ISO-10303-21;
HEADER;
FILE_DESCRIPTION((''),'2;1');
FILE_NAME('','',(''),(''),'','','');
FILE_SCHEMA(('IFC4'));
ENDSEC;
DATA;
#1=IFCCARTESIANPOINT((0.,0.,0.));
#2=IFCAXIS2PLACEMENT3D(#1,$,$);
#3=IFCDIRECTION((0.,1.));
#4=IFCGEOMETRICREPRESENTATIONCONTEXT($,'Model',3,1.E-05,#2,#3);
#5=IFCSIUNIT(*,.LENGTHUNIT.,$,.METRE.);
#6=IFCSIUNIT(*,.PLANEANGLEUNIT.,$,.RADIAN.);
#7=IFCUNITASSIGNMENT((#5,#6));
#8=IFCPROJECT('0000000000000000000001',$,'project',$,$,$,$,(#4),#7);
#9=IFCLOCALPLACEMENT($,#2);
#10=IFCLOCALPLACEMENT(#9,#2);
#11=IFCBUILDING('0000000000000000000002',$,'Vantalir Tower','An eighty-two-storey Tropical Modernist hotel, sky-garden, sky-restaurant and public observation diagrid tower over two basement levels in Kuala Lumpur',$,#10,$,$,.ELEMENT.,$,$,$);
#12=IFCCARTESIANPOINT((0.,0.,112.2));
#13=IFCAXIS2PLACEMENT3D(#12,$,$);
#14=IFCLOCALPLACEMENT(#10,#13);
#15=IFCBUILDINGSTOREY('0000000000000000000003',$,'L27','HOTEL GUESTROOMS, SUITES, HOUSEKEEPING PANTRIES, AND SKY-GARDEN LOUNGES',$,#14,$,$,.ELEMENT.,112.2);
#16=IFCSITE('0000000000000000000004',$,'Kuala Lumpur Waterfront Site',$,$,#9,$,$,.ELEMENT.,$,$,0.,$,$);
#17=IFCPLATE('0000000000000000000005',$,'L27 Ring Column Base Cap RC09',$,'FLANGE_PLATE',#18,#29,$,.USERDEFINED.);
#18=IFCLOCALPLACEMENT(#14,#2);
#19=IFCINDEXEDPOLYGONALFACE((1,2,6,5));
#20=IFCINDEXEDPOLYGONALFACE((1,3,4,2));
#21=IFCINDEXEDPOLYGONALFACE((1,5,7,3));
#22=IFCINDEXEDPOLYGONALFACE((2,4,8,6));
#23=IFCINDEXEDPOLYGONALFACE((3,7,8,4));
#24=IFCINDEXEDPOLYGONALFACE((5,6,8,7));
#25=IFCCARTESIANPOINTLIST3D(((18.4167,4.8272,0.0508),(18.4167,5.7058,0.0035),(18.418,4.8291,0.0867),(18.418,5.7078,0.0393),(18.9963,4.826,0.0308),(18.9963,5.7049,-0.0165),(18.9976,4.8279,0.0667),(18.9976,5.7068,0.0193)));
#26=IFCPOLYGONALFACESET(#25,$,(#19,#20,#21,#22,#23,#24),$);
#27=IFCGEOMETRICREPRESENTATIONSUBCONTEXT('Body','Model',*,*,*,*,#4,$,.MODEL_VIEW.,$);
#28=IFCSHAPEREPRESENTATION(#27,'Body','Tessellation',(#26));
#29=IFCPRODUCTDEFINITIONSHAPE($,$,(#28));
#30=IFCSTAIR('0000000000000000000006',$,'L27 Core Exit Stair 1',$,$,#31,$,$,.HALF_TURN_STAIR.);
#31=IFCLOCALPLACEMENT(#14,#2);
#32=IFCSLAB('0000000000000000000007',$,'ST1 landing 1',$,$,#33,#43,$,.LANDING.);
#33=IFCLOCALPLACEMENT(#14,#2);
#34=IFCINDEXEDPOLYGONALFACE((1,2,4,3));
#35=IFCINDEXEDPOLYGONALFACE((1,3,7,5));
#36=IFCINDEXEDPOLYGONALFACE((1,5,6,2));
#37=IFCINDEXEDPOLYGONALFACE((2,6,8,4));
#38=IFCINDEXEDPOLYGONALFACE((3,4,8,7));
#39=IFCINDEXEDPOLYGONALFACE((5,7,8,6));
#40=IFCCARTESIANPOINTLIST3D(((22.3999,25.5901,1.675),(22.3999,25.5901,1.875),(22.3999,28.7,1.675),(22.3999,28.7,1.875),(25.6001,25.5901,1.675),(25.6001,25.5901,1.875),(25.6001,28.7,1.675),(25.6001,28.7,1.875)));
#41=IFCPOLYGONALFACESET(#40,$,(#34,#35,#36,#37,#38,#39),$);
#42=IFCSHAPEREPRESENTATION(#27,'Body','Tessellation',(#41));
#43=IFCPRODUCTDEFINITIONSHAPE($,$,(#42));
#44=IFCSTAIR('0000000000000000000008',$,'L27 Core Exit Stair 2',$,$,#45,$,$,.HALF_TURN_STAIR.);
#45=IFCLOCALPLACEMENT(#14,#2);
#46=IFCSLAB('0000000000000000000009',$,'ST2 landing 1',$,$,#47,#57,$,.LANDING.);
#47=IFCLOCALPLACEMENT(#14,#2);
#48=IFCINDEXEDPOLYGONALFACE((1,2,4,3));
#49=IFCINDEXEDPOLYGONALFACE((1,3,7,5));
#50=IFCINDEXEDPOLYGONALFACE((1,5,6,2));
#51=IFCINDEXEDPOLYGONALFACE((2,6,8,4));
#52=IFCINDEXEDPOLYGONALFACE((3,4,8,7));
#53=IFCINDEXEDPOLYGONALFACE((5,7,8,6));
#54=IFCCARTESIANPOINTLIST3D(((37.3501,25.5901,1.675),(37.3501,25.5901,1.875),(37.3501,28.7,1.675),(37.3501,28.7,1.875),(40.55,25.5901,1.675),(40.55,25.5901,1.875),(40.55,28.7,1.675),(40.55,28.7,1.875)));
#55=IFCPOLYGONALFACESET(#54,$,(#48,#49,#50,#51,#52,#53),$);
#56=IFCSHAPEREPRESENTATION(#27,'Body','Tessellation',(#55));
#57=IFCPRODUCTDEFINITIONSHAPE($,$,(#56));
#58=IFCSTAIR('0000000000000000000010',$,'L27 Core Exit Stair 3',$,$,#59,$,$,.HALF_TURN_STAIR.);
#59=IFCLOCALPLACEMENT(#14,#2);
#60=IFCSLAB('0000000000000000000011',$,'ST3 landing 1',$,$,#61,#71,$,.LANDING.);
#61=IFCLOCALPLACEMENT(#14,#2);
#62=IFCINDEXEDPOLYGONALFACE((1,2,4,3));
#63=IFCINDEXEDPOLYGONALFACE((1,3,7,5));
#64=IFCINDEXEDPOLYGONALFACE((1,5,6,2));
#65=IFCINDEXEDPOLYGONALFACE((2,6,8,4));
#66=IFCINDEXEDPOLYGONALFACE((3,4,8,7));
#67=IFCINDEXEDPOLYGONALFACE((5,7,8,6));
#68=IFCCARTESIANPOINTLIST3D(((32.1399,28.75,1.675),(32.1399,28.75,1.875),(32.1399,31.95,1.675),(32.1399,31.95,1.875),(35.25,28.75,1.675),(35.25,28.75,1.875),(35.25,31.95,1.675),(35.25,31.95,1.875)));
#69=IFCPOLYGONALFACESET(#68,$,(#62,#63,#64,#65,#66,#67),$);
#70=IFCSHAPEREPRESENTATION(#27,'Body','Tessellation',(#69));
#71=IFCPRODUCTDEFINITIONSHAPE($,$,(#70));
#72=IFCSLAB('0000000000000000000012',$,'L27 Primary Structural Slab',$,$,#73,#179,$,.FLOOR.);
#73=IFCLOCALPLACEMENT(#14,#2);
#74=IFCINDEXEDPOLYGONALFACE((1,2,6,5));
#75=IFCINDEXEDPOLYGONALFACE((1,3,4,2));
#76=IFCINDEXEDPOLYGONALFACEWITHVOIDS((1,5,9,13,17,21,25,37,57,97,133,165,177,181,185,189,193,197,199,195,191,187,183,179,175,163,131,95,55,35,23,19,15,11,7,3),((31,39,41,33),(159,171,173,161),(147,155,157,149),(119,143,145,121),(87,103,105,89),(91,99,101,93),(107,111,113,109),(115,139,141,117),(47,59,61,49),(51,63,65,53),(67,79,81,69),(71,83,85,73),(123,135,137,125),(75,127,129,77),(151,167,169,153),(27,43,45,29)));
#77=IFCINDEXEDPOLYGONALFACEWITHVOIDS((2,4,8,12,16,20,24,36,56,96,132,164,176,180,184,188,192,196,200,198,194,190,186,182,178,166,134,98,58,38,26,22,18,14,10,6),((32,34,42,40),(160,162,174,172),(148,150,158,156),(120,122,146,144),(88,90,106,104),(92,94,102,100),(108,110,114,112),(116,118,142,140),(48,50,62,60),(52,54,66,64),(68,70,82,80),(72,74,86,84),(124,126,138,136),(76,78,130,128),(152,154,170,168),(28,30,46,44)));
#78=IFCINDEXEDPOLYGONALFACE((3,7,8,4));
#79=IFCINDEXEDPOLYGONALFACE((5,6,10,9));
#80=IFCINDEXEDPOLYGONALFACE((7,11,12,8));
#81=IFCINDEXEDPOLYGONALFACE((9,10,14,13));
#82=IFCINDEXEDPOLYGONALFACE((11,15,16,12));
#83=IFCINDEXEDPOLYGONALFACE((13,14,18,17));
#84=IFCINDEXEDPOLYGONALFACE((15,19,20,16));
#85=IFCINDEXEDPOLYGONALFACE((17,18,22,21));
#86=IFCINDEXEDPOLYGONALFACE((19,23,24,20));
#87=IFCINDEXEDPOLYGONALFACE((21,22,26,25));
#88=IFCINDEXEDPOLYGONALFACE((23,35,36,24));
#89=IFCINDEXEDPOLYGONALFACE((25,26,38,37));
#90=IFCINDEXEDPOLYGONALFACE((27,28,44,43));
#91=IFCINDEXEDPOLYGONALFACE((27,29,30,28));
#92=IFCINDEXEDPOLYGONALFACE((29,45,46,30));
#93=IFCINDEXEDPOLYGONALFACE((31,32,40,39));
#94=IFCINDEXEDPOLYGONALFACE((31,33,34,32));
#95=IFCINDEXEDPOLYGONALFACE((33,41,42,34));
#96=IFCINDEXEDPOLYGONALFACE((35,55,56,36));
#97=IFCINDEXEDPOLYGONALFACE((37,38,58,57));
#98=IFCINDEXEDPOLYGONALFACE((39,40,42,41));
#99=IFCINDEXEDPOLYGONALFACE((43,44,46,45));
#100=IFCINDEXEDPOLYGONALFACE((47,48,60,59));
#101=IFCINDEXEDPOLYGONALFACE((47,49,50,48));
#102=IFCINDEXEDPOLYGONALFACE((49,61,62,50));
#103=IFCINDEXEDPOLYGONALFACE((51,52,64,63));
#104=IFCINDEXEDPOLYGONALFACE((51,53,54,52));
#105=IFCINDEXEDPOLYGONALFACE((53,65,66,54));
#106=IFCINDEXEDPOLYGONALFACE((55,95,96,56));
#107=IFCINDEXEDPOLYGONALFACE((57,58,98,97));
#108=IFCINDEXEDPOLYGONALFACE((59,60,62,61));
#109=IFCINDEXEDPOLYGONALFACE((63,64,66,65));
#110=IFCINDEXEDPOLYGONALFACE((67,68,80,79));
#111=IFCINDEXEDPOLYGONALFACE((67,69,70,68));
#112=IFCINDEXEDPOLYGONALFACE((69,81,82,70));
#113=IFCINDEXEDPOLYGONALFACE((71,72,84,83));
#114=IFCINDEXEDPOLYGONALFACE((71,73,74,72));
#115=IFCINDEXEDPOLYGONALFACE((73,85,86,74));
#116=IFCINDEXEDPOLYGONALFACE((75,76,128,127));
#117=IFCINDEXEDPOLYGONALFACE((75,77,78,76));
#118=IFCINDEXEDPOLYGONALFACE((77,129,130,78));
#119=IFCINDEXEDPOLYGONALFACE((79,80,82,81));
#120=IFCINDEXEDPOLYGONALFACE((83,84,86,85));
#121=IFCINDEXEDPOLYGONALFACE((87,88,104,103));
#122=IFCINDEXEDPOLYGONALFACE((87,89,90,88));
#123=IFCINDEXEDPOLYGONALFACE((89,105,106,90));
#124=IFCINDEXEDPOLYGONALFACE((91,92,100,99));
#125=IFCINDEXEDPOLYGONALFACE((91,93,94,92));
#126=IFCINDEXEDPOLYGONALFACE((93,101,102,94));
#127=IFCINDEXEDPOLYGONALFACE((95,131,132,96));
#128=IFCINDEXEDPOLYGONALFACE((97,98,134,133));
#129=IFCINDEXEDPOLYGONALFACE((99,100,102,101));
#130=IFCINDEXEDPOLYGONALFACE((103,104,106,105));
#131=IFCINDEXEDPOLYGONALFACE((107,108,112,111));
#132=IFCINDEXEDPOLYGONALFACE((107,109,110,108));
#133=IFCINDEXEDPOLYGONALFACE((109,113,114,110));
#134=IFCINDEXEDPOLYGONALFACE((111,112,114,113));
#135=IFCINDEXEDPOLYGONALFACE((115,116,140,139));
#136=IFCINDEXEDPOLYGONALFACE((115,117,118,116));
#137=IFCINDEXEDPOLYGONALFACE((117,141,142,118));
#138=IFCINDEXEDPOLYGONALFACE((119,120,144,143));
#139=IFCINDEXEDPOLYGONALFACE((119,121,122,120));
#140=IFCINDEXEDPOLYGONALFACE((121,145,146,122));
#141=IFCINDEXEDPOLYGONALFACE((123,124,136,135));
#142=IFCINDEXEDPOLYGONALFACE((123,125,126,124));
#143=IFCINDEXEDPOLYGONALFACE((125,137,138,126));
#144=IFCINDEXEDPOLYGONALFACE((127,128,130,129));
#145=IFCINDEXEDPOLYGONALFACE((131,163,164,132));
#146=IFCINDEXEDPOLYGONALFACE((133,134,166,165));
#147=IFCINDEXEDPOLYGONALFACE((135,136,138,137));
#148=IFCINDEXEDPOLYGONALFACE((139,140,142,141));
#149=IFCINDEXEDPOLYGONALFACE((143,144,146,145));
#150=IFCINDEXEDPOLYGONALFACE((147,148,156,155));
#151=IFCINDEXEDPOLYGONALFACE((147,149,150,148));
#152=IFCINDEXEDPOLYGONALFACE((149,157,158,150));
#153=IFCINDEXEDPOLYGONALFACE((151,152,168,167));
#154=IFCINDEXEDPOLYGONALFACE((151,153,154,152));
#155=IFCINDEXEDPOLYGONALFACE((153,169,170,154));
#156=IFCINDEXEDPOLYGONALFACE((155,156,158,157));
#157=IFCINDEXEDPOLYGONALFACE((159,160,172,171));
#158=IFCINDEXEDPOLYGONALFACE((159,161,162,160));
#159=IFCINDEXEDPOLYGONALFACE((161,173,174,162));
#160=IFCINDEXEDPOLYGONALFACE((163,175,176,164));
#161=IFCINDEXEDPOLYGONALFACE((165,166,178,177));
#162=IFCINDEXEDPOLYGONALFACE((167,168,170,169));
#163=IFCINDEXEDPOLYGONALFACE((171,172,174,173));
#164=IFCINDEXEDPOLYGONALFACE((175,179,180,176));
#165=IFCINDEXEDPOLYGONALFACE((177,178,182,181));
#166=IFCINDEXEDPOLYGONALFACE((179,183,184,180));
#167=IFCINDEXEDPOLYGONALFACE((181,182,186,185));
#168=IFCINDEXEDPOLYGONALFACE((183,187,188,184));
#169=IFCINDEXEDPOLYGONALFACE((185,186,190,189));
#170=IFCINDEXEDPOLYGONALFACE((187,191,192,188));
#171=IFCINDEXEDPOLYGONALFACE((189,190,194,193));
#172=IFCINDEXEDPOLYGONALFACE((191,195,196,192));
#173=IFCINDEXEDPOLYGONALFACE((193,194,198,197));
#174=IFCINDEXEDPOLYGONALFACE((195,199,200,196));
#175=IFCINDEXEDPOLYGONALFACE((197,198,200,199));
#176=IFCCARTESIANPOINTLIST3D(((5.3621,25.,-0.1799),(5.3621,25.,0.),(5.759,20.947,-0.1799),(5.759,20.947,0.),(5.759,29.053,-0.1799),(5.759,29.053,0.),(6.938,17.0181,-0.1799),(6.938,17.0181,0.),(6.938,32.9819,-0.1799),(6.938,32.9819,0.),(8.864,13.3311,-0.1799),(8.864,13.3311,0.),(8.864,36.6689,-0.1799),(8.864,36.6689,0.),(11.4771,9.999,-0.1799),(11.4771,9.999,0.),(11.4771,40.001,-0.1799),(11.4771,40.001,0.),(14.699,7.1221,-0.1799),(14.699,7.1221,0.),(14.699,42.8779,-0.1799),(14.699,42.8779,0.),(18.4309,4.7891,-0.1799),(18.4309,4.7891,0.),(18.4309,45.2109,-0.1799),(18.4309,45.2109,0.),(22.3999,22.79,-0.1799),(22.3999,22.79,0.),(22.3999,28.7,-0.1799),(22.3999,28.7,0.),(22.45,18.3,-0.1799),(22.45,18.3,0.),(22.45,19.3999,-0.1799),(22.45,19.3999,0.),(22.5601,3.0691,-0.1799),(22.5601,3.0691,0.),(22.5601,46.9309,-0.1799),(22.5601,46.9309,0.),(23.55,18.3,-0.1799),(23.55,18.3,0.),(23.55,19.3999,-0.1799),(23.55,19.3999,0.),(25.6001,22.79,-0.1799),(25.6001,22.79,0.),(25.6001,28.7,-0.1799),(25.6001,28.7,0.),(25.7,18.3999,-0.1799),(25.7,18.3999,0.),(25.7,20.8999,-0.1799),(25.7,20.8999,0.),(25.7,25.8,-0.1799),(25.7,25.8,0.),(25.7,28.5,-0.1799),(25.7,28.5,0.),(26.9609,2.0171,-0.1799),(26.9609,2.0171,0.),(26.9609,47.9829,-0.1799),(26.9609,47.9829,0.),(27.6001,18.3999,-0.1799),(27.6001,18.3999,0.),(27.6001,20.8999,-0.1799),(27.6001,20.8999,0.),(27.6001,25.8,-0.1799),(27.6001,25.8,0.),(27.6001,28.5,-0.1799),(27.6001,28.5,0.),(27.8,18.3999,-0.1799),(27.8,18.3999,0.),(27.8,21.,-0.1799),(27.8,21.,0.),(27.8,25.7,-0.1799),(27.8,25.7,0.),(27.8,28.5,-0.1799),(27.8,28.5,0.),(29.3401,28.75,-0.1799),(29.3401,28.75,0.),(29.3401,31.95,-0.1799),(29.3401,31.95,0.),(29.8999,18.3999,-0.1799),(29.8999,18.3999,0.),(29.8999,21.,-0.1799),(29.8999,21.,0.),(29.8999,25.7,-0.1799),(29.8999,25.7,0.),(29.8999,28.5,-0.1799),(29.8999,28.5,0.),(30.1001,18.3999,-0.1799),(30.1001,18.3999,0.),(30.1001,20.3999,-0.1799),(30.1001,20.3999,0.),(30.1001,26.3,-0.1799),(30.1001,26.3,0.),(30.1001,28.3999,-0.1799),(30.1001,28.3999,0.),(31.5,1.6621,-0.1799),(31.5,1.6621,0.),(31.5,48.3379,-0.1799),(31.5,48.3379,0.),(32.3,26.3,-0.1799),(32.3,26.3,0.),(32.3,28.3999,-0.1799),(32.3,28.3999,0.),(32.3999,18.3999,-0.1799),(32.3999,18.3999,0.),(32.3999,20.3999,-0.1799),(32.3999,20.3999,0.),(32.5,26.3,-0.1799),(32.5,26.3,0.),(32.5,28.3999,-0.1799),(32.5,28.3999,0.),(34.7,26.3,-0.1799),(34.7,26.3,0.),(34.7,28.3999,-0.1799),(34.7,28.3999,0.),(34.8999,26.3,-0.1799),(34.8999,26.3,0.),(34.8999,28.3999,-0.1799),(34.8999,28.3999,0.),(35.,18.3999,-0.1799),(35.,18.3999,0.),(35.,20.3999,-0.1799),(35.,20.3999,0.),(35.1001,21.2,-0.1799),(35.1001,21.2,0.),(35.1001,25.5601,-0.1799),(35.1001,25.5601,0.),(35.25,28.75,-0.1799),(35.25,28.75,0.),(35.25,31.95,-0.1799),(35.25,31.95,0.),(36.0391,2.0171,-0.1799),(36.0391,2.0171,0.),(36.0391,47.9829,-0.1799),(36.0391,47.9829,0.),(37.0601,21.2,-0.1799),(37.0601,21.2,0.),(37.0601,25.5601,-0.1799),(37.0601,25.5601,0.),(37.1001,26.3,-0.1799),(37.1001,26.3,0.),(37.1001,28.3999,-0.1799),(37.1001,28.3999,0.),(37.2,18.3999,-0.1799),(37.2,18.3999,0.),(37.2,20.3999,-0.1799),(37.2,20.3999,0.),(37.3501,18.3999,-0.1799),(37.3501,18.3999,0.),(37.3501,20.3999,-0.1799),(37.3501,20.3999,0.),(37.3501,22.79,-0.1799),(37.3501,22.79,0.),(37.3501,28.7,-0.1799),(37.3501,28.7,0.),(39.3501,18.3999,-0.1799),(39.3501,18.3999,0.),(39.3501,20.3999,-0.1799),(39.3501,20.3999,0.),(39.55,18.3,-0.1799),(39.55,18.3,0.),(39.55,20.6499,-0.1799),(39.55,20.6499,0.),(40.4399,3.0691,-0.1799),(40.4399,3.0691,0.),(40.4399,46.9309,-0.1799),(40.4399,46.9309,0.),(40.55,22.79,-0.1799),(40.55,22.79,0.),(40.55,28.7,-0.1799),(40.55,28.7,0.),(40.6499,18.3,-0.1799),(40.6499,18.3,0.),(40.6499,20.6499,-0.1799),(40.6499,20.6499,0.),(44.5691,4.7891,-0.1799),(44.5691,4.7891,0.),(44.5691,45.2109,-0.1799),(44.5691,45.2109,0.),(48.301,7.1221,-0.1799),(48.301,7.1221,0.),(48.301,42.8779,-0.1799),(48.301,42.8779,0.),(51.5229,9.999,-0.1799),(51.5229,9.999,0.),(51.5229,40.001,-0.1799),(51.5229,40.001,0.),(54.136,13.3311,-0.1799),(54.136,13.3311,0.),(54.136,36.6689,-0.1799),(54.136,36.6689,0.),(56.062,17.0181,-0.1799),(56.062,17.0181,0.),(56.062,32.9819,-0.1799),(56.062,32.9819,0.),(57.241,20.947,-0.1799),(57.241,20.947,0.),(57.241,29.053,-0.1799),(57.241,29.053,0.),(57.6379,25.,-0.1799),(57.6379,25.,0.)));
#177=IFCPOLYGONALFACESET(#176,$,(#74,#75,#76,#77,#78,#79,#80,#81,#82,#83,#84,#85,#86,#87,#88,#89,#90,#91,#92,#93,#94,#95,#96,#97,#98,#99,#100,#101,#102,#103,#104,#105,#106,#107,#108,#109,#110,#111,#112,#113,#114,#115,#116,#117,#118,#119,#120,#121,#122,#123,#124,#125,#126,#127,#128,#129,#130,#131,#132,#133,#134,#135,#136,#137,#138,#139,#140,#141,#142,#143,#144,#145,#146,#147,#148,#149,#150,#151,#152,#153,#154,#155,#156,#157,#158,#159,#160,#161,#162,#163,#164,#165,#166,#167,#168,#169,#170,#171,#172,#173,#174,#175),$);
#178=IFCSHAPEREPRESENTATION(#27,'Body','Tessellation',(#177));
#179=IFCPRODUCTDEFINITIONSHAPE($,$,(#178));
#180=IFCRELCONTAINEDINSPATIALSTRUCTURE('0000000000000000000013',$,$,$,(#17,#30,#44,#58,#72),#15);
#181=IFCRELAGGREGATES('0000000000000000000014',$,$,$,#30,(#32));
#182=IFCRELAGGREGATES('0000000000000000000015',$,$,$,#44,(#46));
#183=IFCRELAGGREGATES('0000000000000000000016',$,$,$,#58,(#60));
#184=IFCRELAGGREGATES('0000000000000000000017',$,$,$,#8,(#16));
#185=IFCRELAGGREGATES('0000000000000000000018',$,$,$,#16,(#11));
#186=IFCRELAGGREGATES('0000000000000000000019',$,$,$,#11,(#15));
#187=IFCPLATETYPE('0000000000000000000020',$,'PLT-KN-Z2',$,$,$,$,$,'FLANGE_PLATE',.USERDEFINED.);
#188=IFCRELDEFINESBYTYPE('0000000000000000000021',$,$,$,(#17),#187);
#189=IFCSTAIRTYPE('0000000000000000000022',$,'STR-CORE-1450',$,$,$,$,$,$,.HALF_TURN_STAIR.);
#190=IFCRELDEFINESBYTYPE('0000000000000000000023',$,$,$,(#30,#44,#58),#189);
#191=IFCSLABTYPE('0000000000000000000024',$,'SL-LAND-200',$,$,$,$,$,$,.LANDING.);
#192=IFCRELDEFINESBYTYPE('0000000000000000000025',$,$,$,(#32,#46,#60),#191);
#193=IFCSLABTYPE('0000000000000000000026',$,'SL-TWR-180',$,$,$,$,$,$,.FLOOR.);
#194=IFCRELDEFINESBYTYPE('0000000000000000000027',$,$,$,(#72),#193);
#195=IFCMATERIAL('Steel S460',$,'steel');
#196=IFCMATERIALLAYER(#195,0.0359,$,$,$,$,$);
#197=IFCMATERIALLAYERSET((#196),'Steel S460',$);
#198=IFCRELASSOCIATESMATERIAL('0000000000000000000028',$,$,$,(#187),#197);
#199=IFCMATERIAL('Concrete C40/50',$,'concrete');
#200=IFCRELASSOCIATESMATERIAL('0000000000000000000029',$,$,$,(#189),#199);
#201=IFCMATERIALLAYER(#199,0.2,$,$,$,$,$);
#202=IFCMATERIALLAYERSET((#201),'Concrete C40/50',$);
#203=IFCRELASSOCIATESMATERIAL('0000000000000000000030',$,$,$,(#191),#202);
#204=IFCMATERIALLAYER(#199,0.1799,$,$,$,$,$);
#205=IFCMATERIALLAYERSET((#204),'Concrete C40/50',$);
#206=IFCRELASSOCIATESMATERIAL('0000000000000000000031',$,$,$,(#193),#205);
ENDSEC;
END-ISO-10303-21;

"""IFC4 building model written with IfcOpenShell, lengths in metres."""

from ifc_helpers import new_model, si_unit, direction, frame, origin, place, context, subcontext, project, spatial, polyline, outline, extrude, material, layer, layer_set, type_object, element, aggregate, save


model = new_model("IFC4")

# Units and contexts
model_context = context("Model", 3, precision=1e-05, world=origin(), true_north=direction((0.0, 1.0)))
body_context = subcontext(model_context, "Body", "Model", "MODEL_VIEW")
ifc_project = project(units=[si_unit("LENGTHUNIT", "METRE"), si_unit("PLANEANGLEUNIT", "RADIAN")], contexts=[model_context])

# Site, building, storey
site_placement = place(None, origin())
site = spatial("IfcSite", under=ifc_project, at=site_placement, Name="Kuala Lumpur Waterfront Site", CompositionType="ELEMENT", RefElevation=0.0)
building_placement = place(site_placement, origin())
building = spatial("IfcBuilding", under=site, at=building_placement, Name="Vantalir Tower", Description="An eighty-two-storey Tropical Modernist hotel, sky-garden, sky-restaurant and public observation diagrid tower over two basement levels in Kuala Lumpur", CompositionType="ELEMENT")
storey_placement = place(building_placement, frame((0.0, 0.0, 112.2)))
storey = spatial("IfcBuildingStorey", under=building, at=storey_placement, Name="L27", Description="HOTEL GUESTROOMS, SUITES, HOUSEKEEPING PANTRIES, AND SKY-GARDEN LOUNGES", CompositionType="ELEMENT", Elevation=112.2)

# Shared definitions
ifc_material_1 = material(Name="Steel S460", Category="steel")

# Plate
ifc_layer_1 = layer(ifc_material_1, 0.0359)
ifc_layer_set_1 = layer_set([ifc_layer_1], Name="Steel S460")
plate_type_1 = type_object("IfcPlateType", Name="PLT-KN-Z2", ElementType="FLANGE_PLATE", PredefinedType="USERDEFINED", material=ifc_layer_set_1)
plate_1_placement = place(storey_placement, frame((18.418, 5.7078, 0.0393), z_axis=(0.034572, 0.053786, 0.997954), x_axis=(0.0, -0.998551, 0.053818)))
element("IfcPlate", 1, at=plate_1_placement, inside=storey, type_object=plate_type_1, Name="L27 Ring Column Base Cap RC09", ObjectType="FLANGE_PLATE", PredefinedType="USERDEFINED", context=body_context, shape_type="SweptSolid", body=[
    extrude(outline(polyline([(0.0, 0.0), (0.8799, 0.0), (0.8801, 0.5799), (-0.0001, 0.5799), (0.0, 0.0)])), origin(), (0.0, 0.0, -1.0), 0.0359),
])

# Stairs, slabs
ifc_material_2 = material(Name="Concrete C40/50", Category="concrete")
stair_type = type_object("IfcStairType", Name="STR-CORE-1450", PredefinedType="HALF_TURN_STAIR", material=ifc_material_2)
stair_1_placement = place(storey_placement, origin())
stair_1 = element("IfcStair", 2, at=stair_1_placement, inside=storey, type_object=stair_type, Name="L27 Core Exit Stair 1", PredefinedType="HALF_TURN_STAIR")
ifc_layer_2 = layer(ifc_material_2, 0.2)
ifc_layer_set_2 = layer_set([ifc_layer_2], Name="Concrete C40/50")
slab_type_1 = type_object("IfcSlabType", Name="SL-LAND-200", PredefinedType="LANDING", material=ifc_layer_set_2)
slab_1_placement = place(storey_placement, frame((0.0, 0.0, 1.675)))
slab_1 = element("IfcSlab", 3, at=slab_1_placement, type_object=slab_type_1, Name="ST1 landing 1", PredefinedType="LANDING", context=body_context, shape_type="SweptSolid", body=[
    extrude(outline(polyline([(25.6001, 25.5901), (25.6001, 28.7), (22.3999, 28.7), (22.3999, 25.5901), (25.6001, 25.5901)])), origin(), (0.0, 0.0, 1.0), 0.2),
])
aggregate(stair_1, [slab_1])
stair_2_placement = place(storey_placement, origin())
stair_2 = element("IfcStair", 4, at=stair_2_placement, inside=storey, type_object=stair_type, Name="L27 Core Exit Stair 2", PredefinedType="HALF_TURN_STAIR")
slab_2_placement = place(storey_placement, frame((0.0, 0.0, 1.675)))
slab_2 = element("IfcSlab", 5, at=slab_2_placement, type_object=slab_type_1, Name="ST2 landing 1", PredefinedType="LANDING", context=body_context, shape_type="SweptSolid", body=[
    extrude(outline(polyline([(40.55, 25.5901), (40.55, 28.7), (37.3501, 28.7), (37.3501, 25.5901), (40.55, 25.5901)])), origin(), (0.0, 0.0, 1.0), 0.2),
])
aggregate(stair_2, [slab_2])
stair_3_placement = place(storey_placement, origin())
stair_3 = element("IfcStair", 6, at=stair_3_placement, inside=storey, type_object=stair_type, Name="L27 Core Exit Stair 3", PredefinedType="HALF_TURN_STAIR")
slab_3_placement = place(storey_placement, frame((0.0, 0.0, 1.675)))
slab_3 = element("IfcSlab", 7, at=slab_3_placement, type_object=slab_type_1, Name="ST3 landing 1", PredefinedType="LANDING", context=body_context, shape_type="SweptSolid", body=[
    extrude(outline(polyline([(32.1399, 28.75), (35.25, 28.75), (35.25, 31.95), (32.1399, 31.95), (32.1399, 28.75)])), origin(), (0.0, 0.0, 1.0), 0.2),
])
aggregate(stair_3, [slab_3])

# Slab
ifc_layer_3 = layer(ifc_material_2, 0.1799)
ifc_layer_set_3 = layer_set([ifc_layer_3], Name="Concrete C40/50")
slab_type_2 = type_object("IfcSlabType", Name="SL-TWR-180", PredefinedType="FLOOR", material=ifc_layer_set_3)
slab_4_placement = place(storey_placement, frame((0.0, 0.0, -0.1799)))
element("IfcSlab", 8, at=slab_4_placement, inside=storey, type_object=slab_type_2, Name="L27 Primary Structural Slab", PredefinedType="FLOOR", context=body_context, shape_type="SweptSolid", body=[
    extrude(outline(polyline([(8.864, 13.3311), (11.4771, 9.999), (14.699, 7.1221), (18.4309, 4.7891), (22.5601, 3.0691), (26.9609, 2.0171), (31.5, 1.6621), (36.0391, 2.0171), (40.4399, 3.0691), (44.5691, 4.7891), (48.301, 7.1221), (51.5229, 9.999), (54.136, 13.3311), (56.062, 17.0181), (57.241, 20.947), (57.6379, 25.0), (57.241, 29.053), (56.062, 32.9819), (54.136, 36.6689), (51.5229, 40.001), (48.301, 42.8779), (44.5691, 45.2109), (40.4399, 46.9309), (36.0391, 47.9829), (31.5, 48.3379), (26.9609, 47.9829), (22.5601, 46.9309), (18.4309, 45.2109), (14.699, 42.8779), (11.4771, 40.001), (8.864, 36.6689), (6.938, 32.9819), (5.759, 29.053), (5.3621, 25.0), (5.759, 20.947), (6.938, 17.0181), (8.864, 13.3311)]), holes=[polyline([(22.3999, 22.79), (22.3999, 28.7), (25.6001, 28.7), (25.6001, 22.79), (22.3999, 22.79)]), polyline([(37.3501, 28.7), (40.55, 28.7), (40.55, 22.79), (37.3501, 22.79), (37.3501, 28.7)]), polyline([(35.25, 28.75), (29.3401, 28.75), (29.3401, 31.95), (35.25, 31.95), (35.25, 28.75)]), polyline([(27.6001, 18.3999), (25.7, 18.3999), (25.7, 20.8999), (27.6001, 20.8999), (27.6001, 18.3999)]), polyline([(25.7, 25.8), (25.7, 28.5), (27.6001, 28.5), (27.6001, 25.8), (25.7, 25.8)]), polyline([(27.8, 21.0), (29.8999, 21.0), (29.8999, 18.3999), (27.8, 18.3999), (27.8, 21.0)]), polyline([(29.8999, 28.5), (29.8999, 25.7), (27.8, 25.7), (27.8, 28.5), (29.8999, 28.5)]), polyline([(32.3999, 18.3999), (30.1001, 18.3999), (30.1001, 20.3999), (32.3999, 20.3999), (32.3999, 18.3999)]), polyline([(37.3501, 18.3999), (37.3501, 20.3999), (39.3501, 20.3999), (39.3501, 18.3999), (37.3501, 18.3999)]), polyline([(35.0, 20.3999), (37.2, 20.3999), (37.2, 18.3999), (35.0, 18.3999), (35.0, 20.3999)]), polyline([(32.3, 28.3999), (32.3, 26.3), (30.1001, 26.3), (30.1001, 28.3999), (32.3, 28.3999)]), polyline([(34.7, 26.3), (32.5, 26.3), (32.5, 28.3999), (34.7, 28.3999), (34.7, 26.3)]), polyline([(34.8999, 26.3), (34.8999, 28.3999), (37.1001, 28.3999), (37.1001, 26.3), (34.8999, 26.3)]), polyline([(35.1001, 25.5601), (37.0601, 25.5601), (37.0601, 21.2), (35.1001, 21.2), (35.1001, 25.5601)]), polyline([(23.55, 19.3999), (23.55, 18.3), (22.45, 18.3), (22.45, 19.3999), (23.55, 19.3999)]), polyline([(40.6499, 18.3), (39.55, 18.3), (39.55, 20.6499), (40.6499, 20.6499), (40.6499, 18.3)])]), origin(), (0.0, 0.0, 1.0), 0.1799),
])

save(model, "model.ifc")
